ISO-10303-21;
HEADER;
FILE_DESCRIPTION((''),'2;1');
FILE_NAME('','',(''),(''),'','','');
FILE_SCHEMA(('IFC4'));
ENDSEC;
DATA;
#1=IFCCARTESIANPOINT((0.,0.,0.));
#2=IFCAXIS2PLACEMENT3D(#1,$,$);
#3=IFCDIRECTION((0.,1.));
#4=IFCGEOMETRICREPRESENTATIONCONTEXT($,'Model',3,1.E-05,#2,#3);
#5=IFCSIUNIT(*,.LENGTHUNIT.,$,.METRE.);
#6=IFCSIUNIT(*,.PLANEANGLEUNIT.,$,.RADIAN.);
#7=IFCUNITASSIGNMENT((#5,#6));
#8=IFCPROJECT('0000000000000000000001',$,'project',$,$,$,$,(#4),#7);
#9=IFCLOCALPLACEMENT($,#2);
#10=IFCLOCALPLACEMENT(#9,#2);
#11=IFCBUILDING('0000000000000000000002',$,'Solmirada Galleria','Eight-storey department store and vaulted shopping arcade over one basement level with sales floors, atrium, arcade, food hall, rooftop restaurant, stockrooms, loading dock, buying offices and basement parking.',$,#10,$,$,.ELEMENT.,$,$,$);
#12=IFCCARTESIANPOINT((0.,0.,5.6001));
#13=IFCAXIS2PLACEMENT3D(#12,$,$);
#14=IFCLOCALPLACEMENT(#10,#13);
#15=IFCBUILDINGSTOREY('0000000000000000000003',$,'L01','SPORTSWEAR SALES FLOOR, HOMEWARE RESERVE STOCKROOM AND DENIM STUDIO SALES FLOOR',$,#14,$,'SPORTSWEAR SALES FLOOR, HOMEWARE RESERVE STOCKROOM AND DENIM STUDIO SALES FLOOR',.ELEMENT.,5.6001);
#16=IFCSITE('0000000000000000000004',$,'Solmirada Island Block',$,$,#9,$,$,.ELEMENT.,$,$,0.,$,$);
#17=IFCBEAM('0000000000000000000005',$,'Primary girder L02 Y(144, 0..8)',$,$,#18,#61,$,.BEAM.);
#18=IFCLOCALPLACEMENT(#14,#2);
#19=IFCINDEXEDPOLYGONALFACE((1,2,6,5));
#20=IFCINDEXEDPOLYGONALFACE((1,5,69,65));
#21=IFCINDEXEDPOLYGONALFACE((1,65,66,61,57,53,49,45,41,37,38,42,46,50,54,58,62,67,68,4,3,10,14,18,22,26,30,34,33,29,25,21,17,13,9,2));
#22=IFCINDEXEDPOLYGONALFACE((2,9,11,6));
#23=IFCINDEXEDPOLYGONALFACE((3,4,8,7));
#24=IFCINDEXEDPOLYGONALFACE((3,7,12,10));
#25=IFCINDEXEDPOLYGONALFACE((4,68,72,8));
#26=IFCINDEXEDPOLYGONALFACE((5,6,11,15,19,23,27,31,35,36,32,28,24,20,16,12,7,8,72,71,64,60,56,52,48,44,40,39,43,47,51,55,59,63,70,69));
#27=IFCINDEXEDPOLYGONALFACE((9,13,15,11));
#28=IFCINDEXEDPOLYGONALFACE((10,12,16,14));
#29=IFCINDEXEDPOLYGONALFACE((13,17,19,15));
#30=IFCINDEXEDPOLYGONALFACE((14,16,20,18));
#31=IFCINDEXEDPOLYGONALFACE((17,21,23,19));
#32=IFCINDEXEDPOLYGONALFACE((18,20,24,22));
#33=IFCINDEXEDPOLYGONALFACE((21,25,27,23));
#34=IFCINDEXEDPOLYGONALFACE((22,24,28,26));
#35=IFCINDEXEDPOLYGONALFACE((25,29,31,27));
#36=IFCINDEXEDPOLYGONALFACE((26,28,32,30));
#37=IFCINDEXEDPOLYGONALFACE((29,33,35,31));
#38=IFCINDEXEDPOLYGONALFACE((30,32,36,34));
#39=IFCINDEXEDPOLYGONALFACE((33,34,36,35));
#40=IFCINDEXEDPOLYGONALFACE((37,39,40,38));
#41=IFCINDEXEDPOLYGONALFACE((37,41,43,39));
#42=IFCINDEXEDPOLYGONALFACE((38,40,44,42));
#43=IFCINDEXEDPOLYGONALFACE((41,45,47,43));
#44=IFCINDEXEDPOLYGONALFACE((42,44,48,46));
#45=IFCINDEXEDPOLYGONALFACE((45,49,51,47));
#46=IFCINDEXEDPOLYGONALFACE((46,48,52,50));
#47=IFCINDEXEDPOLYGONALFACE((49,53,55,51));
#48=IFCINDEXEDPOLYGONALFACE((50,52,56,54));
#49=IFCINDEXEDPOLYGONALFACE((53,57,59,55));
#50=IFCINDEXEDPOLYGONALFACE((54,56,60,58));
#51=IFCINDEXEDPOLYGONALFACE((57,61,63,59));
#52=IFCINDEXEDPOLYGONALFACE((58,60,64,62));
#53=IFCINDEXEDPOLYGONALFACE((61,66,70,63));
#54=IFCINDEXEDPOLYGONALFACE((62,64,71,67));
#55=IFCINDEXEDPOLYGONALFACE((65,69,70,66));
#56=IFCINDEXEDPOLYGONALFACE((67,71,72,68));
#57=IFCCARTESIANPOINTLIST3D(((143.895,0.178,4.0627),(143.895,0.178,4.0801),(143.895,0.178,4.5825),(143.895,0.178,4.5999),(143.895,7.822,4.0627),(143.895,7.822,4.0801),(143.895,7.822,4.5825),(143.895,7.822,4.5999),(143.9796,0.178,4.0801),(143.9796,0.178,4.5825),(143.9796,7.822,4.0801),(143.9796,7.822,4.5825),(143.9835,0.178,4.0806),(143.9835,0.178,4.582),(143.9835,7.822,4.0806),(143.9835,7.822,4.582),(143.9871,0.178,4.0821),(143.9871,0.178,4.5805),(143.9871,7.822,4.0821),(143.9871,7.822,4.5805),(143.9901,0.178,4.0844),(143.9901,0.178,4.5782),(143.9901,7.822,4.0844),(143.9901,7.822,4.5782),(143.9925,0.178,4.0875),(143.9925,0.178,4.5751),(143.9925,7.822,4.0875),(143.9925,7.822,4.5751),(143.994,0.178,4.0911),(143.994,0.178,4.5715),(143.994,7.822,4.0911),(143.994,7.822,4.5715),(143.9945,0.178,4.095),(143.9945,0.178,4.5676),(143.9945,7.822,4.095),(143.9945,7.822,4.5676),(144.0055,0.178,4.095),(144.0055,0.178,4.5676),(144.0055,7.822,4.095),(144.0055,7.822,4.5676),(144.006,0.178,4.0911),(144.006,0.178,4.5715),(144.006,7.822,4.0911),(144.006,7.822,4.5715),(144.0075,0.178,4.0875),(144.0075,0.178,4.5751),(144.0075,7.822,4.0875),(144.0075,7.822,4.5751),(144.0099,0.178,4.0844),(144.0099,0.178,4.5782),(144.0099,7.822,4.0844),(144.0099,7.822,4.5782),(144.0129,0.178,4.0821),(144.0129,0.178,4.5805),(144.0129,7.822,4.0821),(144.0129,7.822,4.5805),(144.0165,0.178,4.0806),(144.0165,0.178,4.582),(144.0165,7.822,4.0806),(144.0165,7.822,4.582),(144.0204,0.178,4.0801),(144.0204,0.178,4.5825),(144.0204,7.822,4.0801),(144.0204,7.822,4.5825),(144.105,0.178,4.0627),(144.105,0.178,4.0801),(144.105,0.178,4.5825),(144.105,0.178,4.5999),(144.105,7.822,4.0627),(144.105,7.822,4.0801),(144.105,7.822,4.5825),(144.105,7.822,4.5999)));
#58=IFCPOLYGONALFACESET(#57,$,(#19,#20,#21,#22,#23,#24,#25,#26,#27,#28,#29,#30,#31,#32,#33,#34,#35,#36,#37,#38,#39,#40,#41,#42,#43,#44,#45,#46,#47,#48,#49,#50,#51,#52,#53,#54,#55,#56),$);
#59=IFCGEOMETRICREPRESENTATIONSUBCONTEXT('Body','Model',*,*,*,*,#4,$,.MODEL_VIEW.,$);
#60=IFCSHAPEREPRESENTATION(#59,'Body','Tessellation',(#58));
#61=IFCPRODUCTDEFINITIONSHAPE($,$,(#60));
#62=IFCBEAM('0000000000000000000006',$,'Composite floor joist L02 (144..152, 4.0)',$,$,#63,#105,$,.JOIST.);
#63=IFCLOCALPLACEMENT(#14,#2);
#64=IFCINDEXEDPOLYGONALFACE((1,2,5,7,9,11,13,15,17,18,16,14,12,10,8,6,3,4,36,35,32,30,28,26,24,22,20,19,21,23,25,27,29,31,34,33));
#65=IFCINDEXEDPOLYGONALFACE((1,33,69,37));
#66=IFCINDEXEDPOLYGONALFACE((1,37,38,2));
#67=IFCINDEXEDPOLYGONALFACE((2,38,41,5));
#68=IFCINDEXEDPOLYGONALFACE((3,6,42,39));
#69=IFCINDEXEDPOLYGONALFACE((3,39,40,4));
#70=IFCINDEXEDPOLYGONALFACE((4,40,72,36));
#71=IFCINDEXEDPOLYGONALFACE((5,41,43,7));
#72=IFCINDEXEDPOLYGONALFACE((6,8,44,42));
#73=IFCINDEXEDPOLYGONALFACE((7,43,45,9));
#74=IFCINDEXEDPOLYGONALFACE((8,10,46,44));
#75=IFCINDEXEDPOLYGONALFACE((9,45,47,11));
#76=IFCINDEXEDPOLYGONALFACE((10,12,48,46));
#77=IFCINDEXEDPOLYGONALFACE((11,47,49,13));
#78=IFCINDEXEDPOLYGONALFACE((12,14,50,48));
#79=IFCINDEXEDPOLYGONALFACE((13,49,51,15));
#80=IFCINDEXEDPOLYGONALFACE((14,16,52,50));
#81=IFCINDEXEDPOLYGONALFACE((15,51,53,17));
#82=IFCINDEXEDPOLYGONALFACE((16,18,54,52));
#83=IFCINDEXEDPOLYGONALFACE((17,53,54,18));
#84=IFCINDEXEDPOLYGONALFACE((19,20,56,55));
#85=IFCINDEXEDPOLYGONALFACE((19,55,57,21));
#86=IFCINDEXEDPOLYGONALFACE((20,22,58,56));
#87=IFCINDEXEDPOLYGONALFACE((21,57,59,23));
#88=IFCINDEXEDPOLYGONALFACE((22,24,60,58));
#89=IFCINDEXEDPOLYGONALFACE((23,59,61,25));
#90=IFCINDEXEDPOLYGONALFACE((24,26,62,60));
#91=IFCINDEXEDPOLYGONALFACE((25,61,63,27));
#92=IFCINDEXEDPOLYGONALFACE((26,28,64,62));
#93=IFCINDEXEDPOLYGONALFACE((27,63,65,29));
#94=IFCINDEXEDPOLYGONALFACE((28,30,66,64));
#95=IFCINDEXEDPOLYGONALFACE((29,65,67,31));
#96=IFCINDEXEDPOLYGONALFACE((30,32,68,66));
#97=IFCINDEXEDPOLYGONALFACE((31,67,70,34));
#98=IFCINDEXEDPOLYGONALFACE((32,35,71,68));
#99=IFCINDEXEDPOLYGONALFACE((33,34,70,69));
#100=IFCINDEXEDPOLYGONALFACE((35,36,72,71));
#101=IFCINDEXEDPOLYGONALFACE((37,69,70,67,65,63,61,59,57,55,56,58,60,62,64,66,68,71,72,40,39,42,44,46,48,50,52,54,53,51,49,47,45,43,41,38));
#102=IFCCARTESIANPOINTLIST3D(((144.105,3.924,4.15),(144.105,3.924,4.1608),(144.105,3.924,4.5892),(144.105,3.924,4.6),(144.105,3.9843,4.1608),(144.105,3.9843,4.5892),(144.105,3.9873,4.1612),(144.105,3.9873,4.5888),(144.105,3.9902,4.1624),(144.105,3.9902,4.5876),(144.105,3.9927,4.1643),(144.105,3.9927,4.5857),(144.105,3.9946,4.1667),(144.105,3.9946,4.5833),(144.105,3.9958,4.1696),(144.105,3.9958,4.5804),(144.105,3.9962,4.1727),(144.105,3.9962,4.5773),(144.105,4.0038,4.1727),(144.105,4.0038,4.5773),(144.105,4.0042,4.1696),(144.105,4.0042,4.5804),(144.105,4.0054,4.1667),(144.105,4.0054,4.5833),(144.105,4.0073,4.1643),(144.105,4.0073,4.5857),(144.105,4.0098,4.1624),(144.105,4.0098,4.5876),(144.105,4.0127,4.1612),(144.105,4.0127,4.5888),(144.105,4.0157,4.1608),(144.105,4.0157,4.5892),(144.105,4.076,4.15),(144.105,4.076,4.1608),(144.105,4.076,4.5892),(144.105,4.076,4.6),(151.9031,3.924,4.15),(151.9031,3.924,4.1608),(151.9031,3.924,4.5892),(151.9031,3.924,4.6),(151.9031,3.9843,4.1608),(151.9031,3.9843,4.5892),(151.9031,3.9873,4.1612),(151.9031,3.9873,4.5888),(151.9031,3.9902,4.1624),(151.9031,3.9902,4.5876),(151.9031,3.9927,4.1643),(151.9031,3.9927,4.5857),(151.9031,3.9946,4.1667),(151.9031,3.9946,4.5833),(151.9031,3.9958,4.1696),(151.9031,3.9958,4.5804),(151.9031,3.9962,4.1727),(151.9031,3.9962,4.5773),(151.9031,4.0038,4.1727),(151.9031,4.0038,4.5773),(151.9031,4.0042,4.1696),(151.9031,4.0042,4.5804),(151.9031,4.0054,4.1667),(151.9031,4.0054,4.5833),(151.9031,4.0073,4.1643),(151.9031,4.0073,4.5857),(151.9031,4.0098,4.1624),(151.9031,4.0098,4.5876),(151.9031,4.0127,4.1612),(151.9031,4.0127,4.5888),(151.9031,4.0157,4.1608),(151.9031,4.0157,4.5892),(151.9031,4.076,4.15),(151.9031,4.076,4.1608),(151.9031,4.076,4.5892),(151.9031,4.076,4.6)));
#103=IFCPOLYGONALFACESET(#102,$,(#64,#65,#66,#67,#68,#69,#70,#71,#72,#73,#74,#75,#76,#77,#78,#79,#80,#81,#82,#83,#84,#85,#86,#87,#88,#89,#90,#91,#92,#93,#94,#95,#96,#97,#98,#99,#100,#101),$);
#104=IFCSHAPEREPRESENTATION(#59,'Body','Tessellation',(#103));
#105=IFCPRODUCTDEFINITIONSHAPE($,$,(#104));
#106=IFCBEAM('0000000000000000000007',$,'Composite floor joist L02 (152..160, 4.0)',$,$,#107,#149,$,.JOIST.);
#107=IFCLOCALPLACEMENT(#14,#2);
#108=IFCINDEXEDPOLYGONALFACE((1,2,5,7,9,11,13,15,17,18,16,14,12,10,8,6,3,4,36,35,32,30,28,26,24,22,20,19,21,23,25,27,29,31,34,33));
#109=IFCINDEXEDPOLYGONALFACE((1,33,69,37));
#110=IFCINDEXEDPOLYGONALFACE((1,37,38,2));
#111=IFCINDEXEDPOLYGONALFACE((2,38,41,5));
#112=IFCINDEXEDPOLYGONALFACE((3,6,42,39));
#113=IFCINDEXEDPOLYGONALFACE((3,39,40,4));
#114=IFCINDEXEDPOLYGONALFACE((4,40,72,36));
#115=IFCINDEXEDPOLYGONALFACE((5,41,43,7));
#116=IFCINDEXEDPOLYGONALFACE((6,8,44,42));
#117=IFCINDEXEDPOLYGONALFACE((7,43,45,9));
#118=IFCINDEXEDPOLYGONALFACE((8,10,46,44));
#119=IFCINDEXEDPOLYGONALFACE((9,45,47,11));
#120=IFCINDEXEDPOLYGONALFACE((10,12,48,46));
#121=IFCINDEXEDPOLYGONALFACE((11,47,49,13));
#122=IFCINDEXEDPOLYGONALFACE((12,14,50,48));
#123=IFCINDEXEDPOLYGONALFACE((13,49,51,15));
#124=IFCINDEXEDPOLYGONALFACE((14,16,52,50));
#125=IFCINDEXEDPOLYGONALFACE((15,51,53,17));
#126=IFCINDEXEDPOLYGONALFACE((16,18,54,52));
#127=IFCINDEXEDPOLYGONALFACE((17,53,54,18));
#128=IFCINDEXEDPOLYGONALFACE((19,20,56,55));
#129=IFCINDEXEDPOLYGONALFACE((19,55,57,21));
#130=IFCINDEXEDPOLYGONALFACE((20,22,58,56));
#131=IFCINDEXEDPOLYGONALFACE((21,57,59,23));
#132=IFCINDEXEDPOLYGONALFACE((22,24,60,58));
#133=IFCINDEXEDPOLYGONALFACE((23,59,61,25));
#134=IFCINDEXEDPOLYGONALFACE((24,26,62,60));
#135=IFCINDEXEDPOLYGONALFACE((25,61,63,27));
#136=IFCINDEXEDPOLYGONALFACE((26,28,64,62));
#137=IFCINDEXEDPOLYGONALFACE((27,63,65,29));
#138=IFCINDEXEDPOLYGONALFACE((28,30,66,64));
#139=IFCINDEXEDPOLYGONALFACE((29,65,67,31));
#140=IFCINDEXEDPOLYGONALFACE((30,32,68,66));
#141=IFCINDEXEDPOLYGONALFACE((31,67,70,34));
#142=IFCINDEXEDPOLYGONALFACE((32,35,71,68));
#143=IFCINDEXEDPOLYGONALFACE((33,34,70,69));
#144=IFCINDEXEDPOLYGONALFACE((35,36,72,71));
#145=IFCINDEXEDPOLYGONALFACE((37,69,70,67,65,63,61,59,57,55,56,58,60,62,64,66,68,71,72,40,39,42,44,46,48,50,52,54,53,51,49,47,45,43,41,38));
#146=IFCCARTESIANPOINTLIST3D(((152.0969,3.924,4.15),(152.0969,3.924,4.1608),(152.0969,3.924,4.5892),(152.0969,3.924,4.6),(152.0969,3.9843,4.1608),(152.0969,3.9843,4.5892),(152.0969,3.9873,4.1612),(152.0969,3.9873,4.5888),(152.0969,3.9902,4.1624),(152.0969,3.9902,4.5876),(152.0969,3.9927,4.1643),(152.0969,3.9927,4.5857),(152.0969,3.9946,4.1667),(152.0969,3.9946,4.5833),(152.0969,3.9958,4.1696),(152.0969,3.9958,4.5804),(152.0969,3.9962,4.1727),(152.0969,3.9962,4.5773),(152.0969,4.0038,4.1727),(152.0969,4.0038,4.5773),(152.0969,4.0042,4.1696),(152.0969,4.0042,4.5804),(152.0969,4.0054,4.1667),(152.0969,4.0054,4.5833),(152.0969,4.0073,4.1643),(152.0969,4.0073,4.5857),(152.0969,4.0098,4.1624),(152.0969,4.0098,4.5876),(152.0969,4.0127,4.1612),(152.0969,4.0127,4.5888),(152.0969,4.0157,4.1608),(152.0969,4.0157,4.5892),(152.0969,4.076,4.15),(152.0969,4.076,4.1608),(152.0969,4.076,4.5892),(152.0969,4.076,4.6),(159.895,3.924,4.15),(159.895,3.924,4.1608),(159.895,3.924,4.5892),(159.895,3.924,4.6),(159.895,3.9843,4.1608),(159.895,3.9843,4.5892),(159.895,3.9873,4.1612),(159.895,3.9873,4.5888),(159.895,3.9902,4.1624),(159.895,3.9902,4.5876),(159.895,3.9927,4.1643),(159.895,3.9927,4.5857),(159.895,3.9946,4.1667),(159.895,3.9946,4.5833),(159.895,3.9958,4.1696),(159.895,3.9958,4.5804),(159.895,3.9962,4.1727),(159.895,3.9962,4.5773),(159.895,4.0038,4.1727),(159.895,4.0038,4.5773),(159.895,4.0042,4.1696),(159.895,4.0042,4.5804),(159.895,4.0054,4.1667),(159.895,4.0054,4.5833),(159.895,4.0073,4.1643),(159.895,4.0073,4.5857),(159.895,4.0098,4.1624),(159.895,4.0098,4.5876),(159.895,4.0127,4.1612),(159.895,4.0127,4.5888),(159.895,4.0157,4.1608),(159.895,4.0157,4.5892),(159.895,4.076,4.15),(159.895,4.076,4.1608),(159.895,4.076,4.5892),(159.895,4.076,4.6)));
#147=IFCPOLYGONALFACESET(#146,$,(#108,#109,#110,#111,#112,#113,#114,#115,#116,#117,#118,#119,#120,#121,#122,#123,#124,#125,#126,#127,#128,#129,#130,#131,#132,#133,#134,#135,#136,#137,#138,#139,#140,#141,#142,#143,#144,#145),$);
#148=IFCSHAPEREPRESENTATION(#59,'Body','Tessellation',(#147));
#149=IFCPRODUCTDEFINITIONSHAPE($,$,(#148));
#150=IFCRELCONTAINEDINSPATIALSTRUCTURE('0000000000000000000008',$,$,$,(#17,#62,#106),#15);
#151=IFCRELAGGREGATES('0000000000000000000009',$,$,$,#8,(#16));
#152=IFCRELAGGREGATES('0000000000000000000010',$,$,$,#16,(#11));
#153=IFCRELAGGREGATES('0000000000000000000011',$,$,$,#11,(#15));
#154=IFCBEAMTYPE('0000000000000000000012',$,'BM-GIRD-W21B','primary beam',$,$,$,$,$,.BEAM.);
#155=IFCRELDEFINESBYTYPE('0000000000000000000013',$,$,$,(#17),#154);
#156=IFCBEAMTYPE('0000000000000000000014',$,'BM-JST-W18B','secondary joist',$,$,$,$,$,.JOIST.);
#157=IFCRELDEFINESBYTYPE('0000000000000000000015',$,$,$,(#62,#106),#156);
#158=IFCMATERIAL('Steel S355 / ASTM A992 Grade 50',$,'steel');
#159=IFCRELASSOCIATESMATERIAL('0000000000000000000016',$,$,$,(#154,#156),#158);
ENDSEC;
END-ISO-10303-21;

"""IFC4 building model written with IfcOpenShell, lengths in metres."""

from ifc_helpers import new_model, si_unit, direction, frame, origin, origin_2d, place, context, subcontext, project, spatial, i_section, extrude, material, material_profile, profile_set, type_object, element, save


model = new_model("IFC4")

# Units and contexts
model_context = context("Model", 3, precision=1e-05, world=origin(), true_north=direction((0.0, 1.0)))
body_context = subcontext(model_context, "Body", "Model", "MODEL_VIEW")
ifc_project = project(units=[si_unit("LENGTHUNIT", "METRE"), si_unit("PLANEANGLEUNIT", "RADIAN")], contexts=[model_context])

# Site, building, storey
site_placement = place(None, origin())
site = spatial("IfcSite", under=ifc_project, at=site_placement, Name="Solmirada Island Block", CompositionType="ELEMENT", RefElevation=0.0)
building_placement = place(site_placement, origin())
building = spatial("IfcBuilding", under=site, at=building_placement, Name="Solmirada Galleria", Description="Eight-storey department store and vaulted shopping arcade over one basement level with sales floors, atrium, arcade, food hall, rooftop restaurant, stockrooms, loading dock, buying offices and basement parking.", CompositionType="ELEMENT")
storey_placement = place(building_placement, frame((0.0, 0.0, 5.6001)))
storey = spatial("IfcBuildingStorey", under=building, at=storey_placement, Name="L01", Description="SPORTSWEAR SALES FLOOR, HOMEWARE RESERVE STOCKROOM AND DENIM STUDIO SALES FLOOR", LongName="SPORTSWEAR SALES FLOOR, HOMEWARE RESERVE STOCKROOM AND DENIM STUDIO SALES FLOOR", CompositionType="ELEMENT", Elevation=5.6001)

# Beams
ifc_material_1 = material(Name="Steel S355 / ASTM A992 Grade 50", Category="steel")
ifc_material_profile_1 = material_profile(ifc_material_1, i_section(OverallWidth=0.21, OverallDepth=0.5371, WebThickness=0.011, FlangeThickness=0.0173, FilletRadius=0.0149, at=origin_2d()), Name="W21X68")
ifc_profile_set_1 = profile_set([ifc_material_profile_1], Name="Steel S355 / ASTM A992 Grade 50")
beam_type_1 = type_object("IfcBeamType", Name="BM-GIRD-W21B", Description="primary beam", PredefinedType="BEAM", material=ifc_profile_set_1)
beam_1_placement = place(storey_placement, frame((144.0, 0.178, 4.3313), z_axis=(0.0, 1.0, 0.0), x_axis=(-1.0, 0.0, 0.0)))
element("IfcBeam", 1, at=beam_1_placement, inside=storey, type_object=beam_type_1, Name="Primary girder L02 Y(144, 0..8)", PredefinedType="BEAM", context=body_context, shape_type="SweptSolid", body=[
    extrude(i_section(OverallWidth=0.21, OverallDepth=0.5371, WebThickness=0.011, FlangeThickness=0.0173, FilletRadius=0.0149, at=origin_2d()), origin(), (0.0, 0.0, 1.0), 7.644),
])
ifc_material_profile_2 = material_profile(ifc_material_1, i_section(OverallWidth=0.1521, OverallDepth=0.45, WebThickness=0.0076, FlangeThickness=0.0107, FilletRadius=0.012, at=origin_2d()), Name="W18X35")
ifc_profile_set_2 = profile_set([ifc_material_profile_2], Name="Steel S355 / ASTM A992 Grade 50")
beam_type_2 = type_object("IfcBeamType", Name="BM-JST-W18B", Description="secondary joist", PredefinedType="JOIST", material=ifc_profile_set_2)
for number, where, z_axis, x_axis, name in (
    (2, (144.105, 4.0, 4.375), (1.0, 0.0, 0.0), (0.0, 1.0, 0.0), "Composite floor joist L02 (144..152, 4.0)"),
    (3, (152.0969, 4.0, 4.375), (1.0, 0.0, 0.0), (0.0, 1.0, 0.0), "Composite floor joist L02 (152..160, 4.0)"),
):
    element("IfcBeam", number, at=place(storey_placement, frame(where, z_axis=z_axis, x_axis=x_axis)), inside=storey, type_object=beam_type_2, Name=name, PredefinedType="JOIST", context=body_context, shape_type="SweptSolid", body=[
        extrude(i_section(OverallWidth=0.1521, OverallDepth=0.45, WebThickness=0.0076, FlangeThickness=0.0107, FilletRadius=0.012, at=origin_2d()), origin(), (0.0, 0.0, 1.0), 7.7981),
    ])

save(model, "model.ifc")
